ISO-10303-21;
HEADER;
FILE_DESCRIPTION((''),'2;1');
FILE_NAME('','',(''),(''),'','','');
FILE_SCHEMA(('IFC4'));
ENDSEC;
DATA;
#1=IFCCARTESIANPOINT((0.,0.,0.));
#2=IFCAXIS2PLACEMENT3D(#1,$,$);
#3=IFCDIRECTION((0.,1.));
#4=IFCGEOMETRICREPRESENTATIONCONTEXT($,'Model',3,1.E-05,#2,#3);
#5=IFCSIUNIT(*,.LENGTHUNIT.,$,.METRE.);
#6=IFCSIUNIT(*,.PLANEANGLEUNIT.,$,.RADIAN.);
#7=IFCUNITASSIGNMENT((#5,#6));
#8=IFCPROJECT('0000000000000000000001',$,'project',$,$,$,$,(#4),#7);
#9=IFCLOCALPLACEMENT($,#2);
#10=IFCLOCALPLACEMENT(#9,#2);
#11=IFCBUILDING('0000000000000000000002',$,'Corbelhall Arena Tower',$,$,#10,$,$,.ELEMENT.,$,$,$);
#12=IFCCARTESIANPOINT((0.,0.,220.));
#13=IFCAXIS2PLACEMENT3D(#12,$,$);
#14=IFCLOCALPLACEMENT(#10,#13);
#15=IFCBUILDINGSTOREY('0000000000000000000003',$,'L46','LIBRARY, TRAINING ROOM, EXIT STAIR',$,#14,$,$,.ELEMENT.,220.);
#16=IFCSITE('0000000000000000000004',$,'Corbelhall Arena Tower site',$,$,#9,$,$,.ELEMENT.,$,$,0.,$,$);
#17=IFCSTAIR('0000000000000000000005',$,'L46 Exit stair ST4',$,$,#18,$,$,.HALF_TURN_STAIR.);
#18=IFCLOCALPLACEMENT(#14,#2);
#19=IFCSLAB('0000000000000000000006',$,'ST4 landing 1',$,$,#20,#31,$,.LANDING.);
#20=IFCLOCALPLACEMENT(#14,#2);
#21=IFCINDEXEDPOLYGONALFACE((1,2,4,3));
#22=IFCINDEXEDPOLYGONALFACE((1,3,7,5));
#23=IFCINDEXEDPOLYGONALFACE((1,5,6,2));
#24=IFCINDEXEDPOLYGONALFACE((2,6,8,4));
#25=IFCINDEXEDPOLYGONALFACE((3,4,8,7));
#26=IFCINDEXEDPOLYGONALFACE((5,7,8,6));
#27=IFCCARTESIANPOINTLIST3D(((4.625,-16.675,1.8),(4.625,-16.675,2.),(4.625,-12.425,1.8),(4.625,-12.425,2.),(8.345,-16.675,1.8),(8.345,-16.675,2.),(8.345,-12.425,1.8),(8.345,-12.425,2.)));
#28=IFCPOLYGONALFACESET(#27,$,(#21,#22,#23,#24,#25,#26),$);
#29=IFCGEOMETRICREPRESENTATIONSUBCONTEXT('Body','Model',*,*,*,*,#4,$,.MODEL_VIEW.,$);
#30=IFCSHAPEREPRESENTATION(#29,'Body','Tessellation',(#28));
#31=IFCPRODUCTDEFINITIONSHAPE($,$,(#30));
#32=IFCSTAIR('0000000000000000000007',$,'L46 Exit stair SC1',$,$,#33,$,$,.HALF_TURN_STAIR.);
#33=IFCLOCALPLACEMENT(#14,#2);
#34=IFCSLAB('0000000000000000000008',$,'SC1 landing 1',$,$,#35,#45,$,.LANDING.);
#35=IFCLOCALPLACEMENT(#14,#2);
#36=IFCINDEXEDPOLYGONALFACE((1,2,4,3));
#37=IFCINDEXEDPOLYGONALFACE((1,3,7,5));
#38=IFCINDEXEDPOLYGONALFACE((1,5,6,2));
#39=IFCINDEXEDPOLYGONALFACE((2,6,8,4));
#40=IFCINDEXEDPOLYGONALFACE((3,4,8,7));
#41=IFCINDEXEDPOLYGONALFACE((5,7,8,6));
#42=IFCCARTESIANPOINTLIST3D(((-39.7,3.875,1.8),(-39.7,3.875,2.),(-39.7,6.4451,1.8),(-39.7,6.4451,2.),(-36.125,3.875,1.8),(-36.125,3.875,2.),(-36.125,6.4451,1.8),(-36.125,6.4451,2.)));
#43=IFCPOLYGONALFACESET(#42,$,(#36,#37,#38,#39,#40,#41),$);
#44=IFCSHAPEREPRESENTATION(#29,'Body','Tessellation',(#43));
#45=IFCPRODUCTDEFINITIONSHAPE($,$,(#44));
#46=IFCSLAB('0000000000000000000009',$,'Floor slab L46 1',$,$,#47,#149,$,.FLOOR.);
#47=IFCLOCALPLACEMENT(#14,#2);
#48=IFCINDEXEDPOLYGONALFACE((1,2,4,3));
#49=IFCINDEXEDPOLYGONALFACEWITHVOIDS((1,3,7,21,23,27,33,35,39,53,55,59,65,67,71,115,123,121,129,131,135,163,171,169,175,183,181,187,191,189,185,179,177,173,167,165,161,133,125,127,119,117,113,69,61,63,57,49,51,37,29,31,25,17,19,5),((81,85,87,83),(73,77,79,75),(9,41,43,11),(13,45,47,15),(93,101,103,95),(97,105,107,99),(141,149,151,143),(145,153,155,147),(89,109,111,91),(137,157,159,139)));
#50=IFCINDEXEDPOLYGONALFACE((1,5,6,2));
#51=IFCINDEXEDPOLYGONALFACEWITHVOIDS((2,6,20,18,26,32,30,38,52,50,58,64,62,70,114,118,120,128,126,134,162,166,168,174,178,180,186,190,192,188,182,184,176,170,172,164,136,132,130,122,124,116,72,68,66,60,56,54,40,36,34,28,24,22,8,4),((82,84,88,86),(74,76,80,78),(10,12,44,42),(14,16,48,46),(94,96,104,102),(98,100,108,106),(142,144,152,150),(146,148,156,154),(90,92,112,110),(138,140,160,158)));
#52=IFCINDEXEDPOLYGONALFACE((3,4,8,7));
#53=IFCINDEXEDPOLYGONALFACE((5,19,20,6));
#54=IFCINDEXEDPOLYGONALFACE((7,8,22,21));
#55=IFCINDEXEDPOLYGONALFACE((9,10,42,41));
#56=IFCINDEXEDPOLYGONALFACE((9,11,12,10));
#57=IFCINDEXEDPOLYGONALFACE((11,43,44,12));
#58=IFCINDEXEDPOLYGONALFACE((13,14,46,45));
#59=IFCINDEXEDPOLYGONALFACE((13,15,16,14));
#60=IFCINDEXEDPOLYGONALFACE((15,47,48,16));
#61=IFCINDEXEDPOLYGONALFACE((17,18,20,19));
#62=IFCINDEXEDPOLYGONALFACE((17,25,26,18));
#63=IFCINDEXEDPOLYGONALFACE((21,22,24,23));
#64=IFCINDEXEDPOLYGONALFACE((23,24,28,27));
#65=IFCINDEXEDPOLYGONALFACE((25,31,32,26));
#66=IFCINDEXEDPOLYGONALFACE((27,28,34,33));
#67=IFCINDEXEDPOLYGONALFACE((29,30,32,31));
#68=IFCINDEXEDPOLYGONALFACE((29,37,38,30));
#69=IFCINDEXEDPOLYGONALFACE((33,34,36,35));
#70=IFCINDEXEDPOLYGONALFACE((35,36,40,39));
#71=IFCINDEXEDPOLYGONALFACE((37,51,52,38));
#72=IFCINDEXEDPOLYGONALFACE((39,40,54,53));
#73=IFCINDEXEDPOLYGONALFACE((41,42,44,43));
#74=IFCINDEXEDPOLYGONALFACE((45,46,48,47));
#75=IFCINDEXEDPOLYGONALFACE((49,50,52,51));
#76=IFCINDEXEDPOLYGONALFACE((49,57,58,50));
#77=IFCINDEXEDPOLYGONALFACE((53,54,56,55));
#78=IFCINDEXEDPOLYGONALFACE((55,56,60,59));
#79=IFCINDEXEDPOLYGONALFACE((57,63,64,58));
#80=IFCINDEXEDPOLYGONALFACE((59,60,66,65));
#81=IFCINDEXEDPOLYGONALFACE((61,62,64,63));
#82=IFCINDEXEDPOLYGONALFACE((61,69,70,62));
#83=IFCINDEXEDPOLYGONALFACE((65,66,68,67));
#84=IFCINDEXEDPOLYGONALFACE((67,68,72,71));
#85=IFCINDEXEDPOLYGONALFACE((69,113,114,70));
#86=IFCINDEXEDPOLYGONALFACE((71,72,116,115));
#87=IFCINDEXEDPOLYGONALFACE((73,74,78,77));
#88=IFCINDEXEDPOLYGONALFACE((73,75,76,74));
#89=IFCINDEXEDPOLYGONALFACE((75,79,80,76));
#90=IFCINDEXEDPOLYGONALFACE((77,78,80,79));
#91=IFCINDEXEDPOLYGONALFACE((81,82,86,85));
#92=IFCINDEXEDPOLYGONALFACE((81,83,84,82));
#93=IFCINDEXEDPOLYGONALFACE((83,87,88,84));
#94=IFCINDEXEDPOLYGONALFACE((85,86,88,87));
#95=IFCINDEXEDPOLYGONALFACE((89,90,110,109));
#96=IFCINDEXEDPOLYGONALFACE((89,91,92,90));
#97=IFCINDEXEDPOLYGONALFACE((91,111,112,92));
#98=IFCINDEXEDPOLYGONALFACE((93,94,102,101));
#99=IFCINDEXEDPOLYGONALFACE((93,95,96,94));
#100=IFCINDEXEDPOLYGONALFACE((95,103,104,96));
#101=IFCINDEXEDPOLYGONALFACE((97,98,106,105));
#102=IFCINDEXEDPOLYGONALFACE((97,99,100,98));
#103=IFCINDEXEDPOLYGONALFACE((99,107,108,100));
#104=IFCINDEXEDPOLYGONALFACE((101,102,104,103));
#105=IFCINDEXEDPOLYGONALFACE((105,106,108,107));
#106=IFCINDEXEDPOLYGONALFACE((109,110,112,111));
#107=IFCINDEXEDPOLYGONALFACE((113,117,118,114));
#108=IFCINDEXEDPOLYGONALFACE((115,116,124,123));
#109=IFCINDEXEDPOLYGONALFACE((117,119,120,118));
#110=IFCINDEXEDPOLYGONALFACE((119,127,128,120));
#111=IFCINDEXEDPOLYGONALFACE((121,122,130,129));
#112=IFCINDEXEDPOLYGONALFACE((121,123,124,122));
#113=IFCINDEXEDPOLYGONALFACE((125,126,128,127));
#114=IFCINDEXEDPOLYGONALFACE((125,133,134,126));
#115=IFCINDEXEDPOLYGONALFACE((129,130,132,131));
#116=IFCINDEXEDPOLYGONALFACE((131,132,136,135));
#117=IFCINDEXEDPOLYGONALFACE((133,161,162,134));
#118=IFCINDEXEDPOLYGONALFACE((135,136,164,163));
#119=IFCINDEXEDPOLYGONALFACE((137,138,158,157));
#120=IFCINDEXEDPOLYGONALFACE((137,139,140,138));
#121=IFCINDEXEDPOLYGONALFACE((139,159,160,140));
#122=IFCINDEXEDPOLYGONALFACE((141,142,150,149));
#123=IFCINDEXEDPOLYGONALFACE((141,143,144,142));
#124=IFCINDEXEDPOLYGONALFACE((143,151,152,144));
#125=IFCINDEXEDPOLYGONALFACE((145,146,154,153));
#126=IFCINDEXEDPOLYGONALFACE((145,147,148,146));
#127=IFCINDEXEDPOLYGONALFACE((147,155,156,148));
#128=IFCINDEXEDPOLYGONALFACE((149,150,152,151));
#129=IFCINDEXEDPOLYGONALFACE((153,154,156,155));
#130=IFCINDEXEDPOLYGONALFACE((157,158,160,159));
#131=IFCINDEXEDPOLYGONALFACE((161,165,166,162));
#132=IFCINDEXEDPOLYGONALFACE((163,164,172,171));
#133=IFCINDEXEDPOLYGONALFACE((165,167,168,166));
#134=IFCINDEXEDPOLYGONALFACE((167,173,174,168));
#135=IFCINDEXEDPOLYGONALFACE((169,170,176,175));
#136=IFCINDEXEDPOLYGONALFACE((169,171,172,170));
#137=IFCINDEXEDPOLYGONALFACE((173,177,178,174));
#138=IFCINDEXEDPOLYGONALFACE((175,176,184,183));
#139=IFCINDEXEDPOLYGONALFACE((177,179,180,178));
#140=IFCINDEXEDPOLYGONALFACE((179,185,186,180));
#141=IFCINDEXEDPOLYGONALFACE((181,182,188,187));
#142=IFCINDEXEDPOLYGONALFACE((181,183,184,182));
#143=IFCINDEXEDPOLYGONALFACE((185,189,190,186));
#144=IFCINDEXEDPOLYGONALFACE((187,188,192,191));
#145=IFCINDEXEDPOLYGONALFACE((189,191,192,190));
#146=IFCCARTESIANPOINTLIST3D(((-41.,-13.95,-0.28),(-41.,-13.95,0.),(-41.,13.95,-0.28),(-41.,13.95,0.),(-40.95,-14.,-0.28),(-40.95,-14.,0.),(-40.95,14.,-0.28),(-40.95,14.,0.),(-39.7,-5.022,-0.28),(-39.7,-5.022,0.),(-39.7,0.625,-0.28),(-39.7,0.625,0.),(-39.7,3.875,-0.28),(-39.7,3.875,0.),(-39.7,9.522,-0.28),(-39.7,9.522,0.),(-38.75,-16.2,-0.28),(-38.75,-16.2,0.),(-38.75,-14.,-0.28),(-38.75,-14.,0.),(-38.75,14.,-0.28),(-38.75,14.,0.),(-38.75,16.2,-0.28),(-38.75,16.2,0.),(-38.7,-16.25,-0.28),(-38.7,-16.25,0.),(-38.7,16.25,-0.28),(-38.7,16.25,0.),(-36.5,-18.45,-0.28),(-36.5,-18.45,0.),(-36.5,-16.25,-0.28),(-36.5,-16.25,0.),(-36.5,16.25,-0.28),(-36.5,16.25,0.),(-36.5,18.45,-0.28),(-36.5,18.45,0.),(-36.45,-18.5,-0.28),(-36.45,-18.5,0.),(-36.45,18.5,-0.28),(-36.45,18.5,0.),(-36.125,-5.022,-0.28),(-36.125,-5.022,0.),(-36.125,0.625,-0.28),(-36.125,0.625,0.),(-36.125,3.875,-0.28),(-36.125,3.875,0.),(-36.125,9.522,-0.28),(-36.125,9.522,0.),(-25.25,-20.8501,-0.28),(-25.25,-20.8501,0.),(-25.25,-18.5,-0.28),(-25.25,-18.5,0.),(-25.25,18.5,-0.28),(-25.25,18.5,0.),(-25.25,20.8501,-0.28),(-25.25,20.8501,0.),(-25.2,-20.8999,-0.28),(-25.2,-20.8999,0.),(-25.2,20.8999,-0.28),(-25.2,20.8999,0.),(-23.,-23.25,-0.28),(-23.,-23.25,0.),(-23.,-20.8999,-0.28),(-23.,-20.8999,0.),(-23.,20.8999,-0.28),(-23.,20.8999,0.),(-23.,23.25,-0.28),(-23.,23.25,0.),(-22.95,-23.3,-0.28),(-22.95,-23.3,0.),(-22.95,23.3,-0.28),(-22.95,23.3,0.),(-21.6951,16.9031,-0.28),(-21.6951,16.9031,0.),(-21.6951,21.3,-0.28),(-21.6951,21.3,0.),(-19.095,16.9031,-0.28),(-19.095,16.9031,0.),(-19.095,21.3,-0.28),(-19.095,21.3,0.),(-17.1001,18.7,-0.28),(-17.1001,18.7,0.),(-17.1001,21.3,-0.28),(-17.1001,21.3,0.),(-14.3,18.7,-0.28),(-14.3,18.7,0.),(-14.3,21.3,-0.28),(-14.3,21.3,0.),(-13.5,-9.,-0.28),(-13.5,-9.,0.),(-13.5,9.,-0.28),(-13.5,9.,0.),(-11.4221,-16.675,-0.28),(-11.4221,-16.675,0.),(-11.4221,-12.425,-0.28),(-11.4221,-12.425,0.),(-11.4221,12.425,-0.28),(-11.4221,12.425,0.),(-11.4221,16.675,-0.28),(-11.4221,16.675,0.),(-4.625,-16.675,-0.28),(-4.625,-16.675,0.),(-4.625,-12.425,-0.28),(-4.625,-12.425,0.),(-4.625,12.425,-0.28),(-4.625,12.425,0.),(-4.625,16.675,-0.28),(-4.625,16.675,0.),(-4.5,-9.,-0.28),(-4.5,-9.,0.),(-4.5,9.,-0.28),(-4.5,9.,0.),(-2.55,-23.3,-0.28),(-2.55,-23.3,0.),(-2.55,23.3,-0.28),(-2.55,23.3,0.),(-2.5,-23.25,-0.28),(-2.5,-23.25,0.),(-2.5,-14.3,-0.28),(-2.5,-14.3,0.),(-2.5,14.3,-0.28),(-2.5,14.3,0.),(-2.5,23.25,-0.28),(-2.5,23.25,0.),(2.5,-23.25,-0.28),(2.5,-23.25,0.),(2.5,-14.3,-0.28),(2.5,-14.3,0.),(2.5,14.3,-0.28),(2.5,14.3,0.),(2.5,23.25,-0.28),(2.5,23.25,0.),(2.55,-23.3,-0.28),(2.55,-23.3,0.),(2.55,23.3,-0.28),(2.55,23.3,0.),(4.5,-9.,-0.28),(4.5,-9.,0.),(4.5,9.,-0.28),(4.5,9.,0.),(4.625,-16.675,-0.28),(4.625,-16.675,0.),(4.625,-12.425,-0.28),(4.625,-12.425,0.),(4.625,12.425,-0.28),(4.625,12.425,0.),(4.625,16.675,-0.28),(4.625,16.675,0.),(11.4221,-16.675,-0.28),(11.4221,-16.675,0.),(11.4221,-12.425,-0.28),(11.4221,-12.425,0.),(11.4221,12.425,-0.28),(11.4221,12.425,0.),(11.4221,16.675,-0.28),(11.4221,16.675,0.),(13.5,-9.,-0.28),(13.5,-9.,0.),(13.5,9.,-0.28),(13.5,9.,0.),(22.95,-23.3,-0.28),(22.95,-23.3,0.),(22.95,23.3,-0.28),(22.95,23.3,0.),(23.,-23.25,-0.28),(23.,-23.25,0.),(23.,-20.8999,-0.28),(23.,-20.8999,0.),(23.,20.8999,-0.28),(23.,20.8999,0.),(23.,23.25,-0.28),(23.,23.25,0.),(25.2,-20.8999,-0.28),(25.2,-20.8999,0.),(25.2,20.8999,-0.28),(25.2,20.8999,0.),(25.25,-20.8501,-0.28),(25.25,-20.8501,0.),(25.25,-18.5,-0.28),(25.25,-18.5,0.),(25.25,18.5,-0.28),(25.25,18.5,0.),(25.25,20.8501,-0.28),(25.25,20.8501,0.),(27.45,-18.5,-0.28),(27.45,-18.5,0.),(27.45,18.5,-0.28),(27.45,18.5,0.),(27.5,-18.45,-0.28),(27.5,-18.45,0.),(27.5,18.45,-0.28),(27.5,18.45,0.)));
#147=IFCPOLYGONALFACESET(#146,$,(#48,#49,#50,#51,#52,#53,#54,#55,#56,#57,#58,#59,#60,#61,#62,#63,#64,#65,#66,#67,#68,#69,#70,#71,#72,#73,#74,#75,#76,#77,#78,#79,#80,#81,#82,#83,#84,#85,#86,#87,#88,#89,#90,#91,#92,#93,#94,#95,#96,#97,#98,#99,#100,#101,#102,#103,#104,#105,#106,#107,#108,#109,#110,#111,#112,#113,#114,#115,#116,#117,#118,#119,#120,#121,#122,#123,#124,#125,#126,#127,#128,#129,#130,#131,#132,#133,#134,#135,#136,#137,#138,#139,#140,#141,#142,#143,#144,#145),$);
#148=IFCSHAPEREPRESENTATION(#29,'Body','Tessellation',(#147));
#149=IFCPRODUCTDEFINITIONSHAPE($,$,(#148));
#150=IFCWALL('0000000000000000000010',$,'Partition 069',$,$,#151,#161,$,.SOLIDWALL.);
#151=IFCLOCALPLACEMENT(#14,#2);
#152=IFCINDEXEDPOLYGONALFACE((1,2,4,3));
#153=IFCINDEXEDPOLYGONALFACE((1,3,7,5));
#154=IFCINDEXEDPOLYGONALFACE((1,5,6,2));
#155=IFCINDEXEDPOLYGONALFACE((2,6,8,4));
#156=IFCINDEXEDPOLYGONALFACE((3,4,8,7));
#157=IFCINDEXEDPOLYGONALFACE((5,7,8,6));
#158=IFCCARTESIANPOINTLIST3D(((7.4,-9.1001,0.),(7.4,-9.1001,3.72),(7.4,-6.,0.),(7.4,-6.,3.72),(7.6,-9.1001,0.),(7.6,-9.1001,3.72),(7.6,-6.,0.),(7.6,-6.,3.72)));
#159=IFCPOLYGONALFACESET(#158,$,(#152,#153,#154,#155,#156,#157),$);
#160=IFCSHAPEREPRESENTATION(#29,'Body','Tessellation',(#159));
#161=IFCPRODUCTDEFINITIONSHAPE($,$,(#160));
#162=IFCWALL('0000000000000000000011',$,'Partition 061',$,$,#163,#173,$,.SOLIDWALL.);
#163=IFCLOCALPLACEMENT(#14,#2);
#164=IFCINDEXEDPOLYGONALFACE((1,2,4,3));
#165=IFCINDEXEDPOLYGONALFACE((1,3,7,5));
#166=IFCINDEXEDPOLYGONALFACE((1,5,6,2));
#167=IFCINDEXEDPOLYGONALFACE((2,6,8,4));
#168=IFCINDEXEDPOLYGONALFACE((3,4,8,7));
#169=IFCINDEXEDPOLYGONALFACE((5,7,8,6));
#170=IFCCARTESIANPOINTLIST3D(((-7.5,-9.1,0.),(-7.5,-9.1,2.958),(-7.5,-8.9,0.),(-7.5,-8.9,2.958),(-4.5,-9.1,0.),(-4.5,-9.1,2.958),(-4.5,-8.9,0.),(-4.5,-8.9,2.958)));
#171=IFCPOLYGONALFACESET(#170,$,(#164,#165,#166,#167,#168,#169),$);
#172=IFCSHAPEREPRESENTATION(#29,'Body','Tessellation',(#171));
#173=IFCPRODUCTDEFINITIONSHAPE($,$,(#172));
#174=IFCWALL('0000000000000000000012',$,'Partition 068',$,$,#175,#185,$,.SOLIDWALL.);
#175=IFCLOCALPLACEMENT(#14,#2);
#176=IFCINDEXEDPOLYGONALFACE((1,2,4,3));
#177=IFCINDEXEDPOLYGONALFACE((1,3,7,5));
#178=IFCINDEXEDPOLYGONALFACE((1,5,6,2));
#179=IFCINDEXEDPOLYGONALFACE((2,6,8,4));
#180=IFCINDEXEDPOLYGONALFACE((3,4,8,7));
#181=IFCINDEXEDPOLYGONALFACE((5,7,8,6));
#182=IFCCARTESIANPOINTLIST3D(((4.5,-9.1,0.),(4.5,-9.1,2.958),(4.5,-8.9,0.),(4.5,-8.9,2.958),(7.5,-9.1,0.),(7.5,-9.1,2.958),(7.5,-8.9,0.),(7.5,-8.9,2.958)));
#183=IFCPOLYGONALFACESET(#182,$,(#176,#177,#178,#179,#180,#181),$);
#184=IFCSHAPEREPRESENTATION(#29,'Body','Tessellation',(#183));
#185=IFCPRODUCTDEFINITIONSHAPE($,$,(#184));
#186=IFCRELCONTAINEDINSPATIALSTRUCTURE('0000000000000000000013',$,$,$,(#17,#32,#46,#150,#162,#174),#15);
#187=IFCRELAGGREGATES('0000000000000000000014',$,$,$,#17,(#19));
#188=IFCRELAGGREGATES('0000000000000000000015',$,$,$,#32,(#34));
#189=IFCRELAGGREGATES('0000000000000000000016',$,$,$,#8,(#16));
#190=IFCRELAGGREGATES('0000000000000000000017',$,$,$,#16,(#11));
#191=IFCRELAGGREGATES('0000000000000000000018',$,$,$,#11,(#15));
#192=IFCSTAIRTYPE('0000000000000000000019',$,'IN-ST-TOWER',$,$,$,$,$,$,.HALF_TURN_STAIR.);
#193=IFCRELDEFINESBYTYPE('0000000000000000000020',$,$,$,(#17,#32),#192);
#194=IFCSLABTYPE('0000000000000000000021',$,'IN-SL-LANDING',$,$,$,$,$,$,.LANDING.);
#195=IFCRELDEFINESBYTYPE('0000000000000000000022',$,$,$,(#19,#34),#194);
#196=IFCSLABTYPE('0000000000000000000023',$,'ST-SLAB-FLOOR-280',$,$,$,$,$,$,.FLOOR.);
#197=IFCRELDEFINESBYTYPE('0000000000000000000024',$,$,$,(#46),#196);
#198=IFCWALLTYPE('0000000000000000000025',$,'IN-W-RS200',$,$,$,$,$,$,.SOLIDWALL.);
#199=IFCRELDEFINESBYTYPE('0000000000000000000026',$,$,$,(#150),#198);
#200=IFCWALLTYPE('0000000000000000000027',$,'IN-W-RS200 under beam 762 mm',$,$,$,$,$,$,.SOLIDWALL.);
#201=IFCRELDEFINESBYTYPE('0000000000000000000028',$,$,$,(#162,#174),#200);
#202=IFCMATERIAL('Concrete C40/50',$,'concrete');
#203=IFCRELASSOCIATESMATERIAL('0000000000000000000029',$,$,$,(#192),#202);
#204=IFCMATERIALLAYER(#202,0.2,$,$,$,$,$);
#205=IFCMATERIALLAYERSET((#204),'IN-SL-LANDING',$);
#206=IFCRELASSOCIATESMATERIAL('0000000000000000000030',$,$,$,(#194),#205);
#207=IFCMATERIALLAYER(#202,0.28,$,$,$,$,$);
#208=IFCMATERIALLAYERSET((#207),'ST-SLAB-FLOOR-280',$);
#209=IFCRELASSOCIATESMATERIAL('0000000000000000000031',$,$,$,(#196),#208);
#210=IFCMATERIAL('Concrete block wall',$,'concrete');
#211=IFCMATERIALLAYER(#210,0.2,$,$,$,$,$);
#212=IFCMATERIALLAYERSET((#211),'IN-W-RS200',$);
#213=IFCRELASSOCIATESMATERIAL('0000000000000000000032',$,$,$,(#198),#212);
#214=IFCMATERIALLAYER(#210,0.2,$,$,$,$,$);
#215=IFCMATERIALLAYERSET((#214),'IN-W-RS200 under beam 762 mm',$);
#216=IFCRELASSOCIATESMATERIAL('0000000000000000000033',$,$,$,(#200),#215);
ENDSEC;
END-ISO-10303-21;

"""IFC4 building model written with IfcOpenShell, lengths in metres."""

from ifc_helpers import new_model, si_unit, direction, frame, frame_2d, origin, place, context, subcontext, project, spatial, polyline, rectangle, outline, extrude, material, layer, layer_set, type_object, element, aggregate, save


model = new_model("IFC4")

# Units and contexts
model_context = context("Model", 3, precision=1e-05, world=origin(), true_north=direction((0.0, 1.0)))
body_context = subcontext(model_context, "Body", "Model", "MODEL_VIEW")
ifc_project = project(units=[si_unit("LENGTHUNIT", "METRE"), si_unit("PLANEANGLEUNIT", "RADIAN")], contexts=[model_context])

# Site, building, storey
site_placement = place(None, origin())
site = spatial("IfcSite", under=ifc_project, at=site_placement, Name="Corbelhall Arena Tower site", CompositionType="ELEMENT", RefElevation=0.0)
building_placement = place(site_placement, origin())
building = spatial("IfcBuilding", under=site, at=building_placement, Name="Corbelhall Arena Tower", CompositionType="ELEMENT")
storey_placement = place(building_placement, frame((0.0, 0.0, 220.0)))
storey = spatial("IfcBuildingStorey", under=building, at=storey_placement, Name="L46", Description="LIBRARY, TRAINING ROOM, EXIT STAIR", CompositionType="ELEMENT", Elevation=220.0)

# Shared definitions
ifc_material_1 = material(Name="Concrete C40/50", Category="concrete")

# Stairs, slabs
stair_type = type_object("IfcStairType", Name="IN-ST-TOWER", PredefinedType="HALF_TURN_STAIR", material=ifc_material_1)
ifc_layer_1 = layer(ifc_material_1, 0.2)
ifc_layer_set_1 = layer_set([ifc_layer_1], Name="IN-SL-LANDING")
slab_type_1 = type_object("IfcSlabType", Name="IN-SL-LANDING", PredefinedType="LANDING", material=ifc_layer_set_1)
stair_1_placement = place(storey_placement, origin())
stair_1 = element("IfcStair", 1, at=stair_1_placement, inside=storey, type_object=stair_type, Name="L46 Exit stair ST4", PredefinedType="HALF_TURN_STAIR")
slab_1_placement = place(storey_placement, frame((0.0, 0.0, 1.8)))
slab_1 = element("IfcSlab", 2, at=slab_1_placement, type_object=slab_type_1, Name="ST4 landing 1", PredefinedType="LANDING", context=body_context, shape_type="SweptSolid", body=[
    extrude(outline(polyline([(8.345, -12.425), (4.625, -12.425), (4.625, -16.675), (8.345, -16.675), (8.345, -12.425)])), origin(), (0.0, 0.0, 1.0), 0.2),
])
aggregate(stair_1, [slab_1])
stair_2_placement = place(storey_placement, origin())
stair_2 = element("IfcStair", 3, at=stair_2_placement, inside=storey, type_object=stair_type, Name="L46 Exit stair SC1", PredefinedType="HALF_TURN_STAIR")
slab_2_placement = place(storey_placement, frame((0.0, 0.0, 1.8)))
slab_2 = element("IfcSlab", 4, at=slab_2_placement, type_object=slab_type_1, Name="SC1 landing 1", PredefinedType="LANDING", context=body_context, shape_type="SweptSolid", body=[
    extrude(outline(polyline([(-39.7, 6.4451), (-39.7, 3.875), (-36.125, 3.875), (-36.125, 6.4451), (-39.7, 6.4451)])), origin(), (0.0, 0.0, 1.0), 0.2),
])
aggregate(stair_2, [slab_2])

# Slab
ifc_layer_2 = layer(ifc_material_1, 0.28)
ifc_layer_set_2 = layer_set([ifc_layer_2], Name="ST-SLAB-FLOOR-280")
slab_type_2 = type_object("IfcSlabType", Name="ST-SLAB-FLOOR-280", PredefinedType="FLOOR", material=ifc_layer_set_2)
slab_3_placement = place(storey_placement, frame((0.0, 0.0, -0.28)))
element("IfcSlab", 5, at=slab_3_placement, inside=storey, type_object=slab_type_2, Name="Floor slab L46 1", PredefinedType="FLOOR", context=body_context, shape_type="SweptSolid", body=[
    extrude(outline(polyline([(23.0, 23.25), (22.95, 23.3), (2.55, 23.3), (2.5, 23.25), (2.5, 14.3), (-2.5, 14.3), (-2.5, 23.25), (-2.55, 23.3), (-22.95, 23.3), (-23.0, 23.25), (-23.0, 20.8999), (-25.2, 20.8999), (-25.25, 20.8501), (-25.25, 18.5), (-36.45, 18.5), (-36.5, 18.45), (-36.5, 16.25), (-38.7, 16.25), (-38.75, 16.2), (-38.75, 14.0), (-40.95, 14.0), (-41.0, 13.95), (-41.0, -13.95), (-40.95, -14.0), (-38.75, -14.0), (-38.75, -16.2), (-38.7, -16.25), (-36.5, -16.25), (-36.5, -18.45), (-36.45, -18.5), (-25.25, -18.5), (-25.25, -20.8501), (-25.2, -20.8999), (-23.0, -20.8999), (-23.0, -23.25), (-22.95, -23.3), (-2.55, -23.3), (-2.5, -23.25), (-2.5, -14.3), (2.5, -14.3), (2.5, -23.25), (2.55, -23.3), (22.95, -23.3), (23.0, -23.25), (23.0, -20.8999), (25.2, -20.8999), (25.25, -20.8501), (25.25, -18.5), (27.45, -18.5), (27.5, -18.45), (27.5, 18.45), (27.45, 18.5), (25.25, 18.5), (25.25, 20.8501), (25.2, 20.8999), (23.0, 20.8999), (23.0, 23.25)]), holes=[polyline([(-4.5, -9.0), (-4.5, 9.0), (-13.5, 9.0), (-13.5, -9.0), (-4.5, -9.0)]), polyline([(13.5, -9.0), (13.5, 9.0), (4.5, 9.0), (4.5, -9.0), (13.5, -9.0)]), polyline([(-11.4221, 12.425), (-4.625, 12.425), (-4.625, 16.675), (-11.4221, 16.675), (-11.4221, 12.425)]), polyline([(-11.4221, -12.425), (-11.4221, -16.675), (-4.625, -16.675), (-4.625, -12.425), (-11.4221, -12.425)]), polyline([(4.625, 12.425), (11.4221, 12.425), (11.4221, 16.675), (4.625, 16.675), (4.625, 12.425)]), polyline([(4.625, -12.425), (4.625, -16.675), (11.4221, -16.675), (11.4221, -12.425), (4.625, -12.425)]), polyline([(-39.7, 9.522), (-39.7, 3.875), (-36.125, 3.875), (-36.125, 9.522), (-39.7, 9.522)]), polyline([(-39.7, -5.022), (-36.125, -5.022), (-36.125, 0.625), (-39.7, 0.625), (-39.7, -5.022)]), polyline([(-21.6951, 21.3), (-21.6951, 16.9031), (-19.095, 16.9031), (-19.095, 21.3), (-21.6951, 21.3)]), polyline([(-14.3, 21.3), (-17.1001, 21.3), (-17.1001, 18.7), (-14.3, 18.7), (-14.3, 21.3)])]), origin(), (0.0, 0.0, 1.0), 0.28),
])

# Walls
ifc_material_2 = material(Name="Concrete block wall", Category="concrete")
ifc_layer_3 = layer(ifc_material_2, 0.2)
ifc_layer_set_3 = layer_set([ifc_layer_3], Name="IN-W-RS200")
wall_type_1 = type_object("IfcWallType", Name="IN-W-RS200", PredefinedType="SOLIDWALL", material=ifc_layer_set_3)
wall_1_placement = place(storey_placement, frame((7.5, -6.0, 0.0), z_axis=(0.0, 0.0, 1.0), x_axis=(0.0, -1.0, 0.0)))
element("IfcWall", 6, at=wall_1_placement, inside=storey, type_object=wall_type_1, Name="Partition 069", PredefinedType="SOLIDWALL", context=body_context, shape_type="SweptSolid", body=[
    extrude(rectangle(XDim=3.1001, YDim=0.2, at=frame_2d((1.55, 0.0))), origin(), (0.0, 0.0, 1.0), 3.72),
])
ifc_layer_4 = layer(ifc_material_2, 0.2)
ifc_layer_set_4 = layer_set([ifc_layer_4], Name="IN-W-RS200 under beam 762 mm")
wall_type_2 = type_object("IfcWallType", Name="IN-W-RS200 under beam 762 mm", PredefinedType="SOLIDWALL", material=ifc_layer_set_4)
wall_2_placement = place(storey_placement, frame((-4.5, -9.0, 0.0), z_axis=(0.0, 0.0, 1.0), x_axis=(-1.0, 0.0, 0.0)))
element("IfcWall", 7, at=wall_2_placement, inside=storey, type_object=wall_type_2, Name="Partition 061", PredefinedType="SOLIDWALL", context=body_context, shape_type="SweptSolid", body=[
    extrude(rectangle(XDim=3.0, YDim=0.2, at=frame_2d((1.5, 0.0))), origin(), (0.0, 0.0, 1.0), 2.958),
])

# Wall
wall_3_placement = place(storey_placement, frame((7.5, -9.0, 0.0), z_axis=(0.0, 0.0, 1.0), x_axis=(-1.0, 0.0, 0.0)))
element("IfcWall", 8, at=wall_3_placement, inside=storey, type_object=wall_type_2, Name="Partition 068", PredefinedType="SOLIDWALL", context=body_context, shape_type="SweptSolid", body=[
    extrude(rectangle(XDim=3.0, YDim=0.2, at=frame_2d((1.5, 0.0))), origin(), (0.0, 0.0, 1.0), 2.958),
])

save(model, "model.ifc")
